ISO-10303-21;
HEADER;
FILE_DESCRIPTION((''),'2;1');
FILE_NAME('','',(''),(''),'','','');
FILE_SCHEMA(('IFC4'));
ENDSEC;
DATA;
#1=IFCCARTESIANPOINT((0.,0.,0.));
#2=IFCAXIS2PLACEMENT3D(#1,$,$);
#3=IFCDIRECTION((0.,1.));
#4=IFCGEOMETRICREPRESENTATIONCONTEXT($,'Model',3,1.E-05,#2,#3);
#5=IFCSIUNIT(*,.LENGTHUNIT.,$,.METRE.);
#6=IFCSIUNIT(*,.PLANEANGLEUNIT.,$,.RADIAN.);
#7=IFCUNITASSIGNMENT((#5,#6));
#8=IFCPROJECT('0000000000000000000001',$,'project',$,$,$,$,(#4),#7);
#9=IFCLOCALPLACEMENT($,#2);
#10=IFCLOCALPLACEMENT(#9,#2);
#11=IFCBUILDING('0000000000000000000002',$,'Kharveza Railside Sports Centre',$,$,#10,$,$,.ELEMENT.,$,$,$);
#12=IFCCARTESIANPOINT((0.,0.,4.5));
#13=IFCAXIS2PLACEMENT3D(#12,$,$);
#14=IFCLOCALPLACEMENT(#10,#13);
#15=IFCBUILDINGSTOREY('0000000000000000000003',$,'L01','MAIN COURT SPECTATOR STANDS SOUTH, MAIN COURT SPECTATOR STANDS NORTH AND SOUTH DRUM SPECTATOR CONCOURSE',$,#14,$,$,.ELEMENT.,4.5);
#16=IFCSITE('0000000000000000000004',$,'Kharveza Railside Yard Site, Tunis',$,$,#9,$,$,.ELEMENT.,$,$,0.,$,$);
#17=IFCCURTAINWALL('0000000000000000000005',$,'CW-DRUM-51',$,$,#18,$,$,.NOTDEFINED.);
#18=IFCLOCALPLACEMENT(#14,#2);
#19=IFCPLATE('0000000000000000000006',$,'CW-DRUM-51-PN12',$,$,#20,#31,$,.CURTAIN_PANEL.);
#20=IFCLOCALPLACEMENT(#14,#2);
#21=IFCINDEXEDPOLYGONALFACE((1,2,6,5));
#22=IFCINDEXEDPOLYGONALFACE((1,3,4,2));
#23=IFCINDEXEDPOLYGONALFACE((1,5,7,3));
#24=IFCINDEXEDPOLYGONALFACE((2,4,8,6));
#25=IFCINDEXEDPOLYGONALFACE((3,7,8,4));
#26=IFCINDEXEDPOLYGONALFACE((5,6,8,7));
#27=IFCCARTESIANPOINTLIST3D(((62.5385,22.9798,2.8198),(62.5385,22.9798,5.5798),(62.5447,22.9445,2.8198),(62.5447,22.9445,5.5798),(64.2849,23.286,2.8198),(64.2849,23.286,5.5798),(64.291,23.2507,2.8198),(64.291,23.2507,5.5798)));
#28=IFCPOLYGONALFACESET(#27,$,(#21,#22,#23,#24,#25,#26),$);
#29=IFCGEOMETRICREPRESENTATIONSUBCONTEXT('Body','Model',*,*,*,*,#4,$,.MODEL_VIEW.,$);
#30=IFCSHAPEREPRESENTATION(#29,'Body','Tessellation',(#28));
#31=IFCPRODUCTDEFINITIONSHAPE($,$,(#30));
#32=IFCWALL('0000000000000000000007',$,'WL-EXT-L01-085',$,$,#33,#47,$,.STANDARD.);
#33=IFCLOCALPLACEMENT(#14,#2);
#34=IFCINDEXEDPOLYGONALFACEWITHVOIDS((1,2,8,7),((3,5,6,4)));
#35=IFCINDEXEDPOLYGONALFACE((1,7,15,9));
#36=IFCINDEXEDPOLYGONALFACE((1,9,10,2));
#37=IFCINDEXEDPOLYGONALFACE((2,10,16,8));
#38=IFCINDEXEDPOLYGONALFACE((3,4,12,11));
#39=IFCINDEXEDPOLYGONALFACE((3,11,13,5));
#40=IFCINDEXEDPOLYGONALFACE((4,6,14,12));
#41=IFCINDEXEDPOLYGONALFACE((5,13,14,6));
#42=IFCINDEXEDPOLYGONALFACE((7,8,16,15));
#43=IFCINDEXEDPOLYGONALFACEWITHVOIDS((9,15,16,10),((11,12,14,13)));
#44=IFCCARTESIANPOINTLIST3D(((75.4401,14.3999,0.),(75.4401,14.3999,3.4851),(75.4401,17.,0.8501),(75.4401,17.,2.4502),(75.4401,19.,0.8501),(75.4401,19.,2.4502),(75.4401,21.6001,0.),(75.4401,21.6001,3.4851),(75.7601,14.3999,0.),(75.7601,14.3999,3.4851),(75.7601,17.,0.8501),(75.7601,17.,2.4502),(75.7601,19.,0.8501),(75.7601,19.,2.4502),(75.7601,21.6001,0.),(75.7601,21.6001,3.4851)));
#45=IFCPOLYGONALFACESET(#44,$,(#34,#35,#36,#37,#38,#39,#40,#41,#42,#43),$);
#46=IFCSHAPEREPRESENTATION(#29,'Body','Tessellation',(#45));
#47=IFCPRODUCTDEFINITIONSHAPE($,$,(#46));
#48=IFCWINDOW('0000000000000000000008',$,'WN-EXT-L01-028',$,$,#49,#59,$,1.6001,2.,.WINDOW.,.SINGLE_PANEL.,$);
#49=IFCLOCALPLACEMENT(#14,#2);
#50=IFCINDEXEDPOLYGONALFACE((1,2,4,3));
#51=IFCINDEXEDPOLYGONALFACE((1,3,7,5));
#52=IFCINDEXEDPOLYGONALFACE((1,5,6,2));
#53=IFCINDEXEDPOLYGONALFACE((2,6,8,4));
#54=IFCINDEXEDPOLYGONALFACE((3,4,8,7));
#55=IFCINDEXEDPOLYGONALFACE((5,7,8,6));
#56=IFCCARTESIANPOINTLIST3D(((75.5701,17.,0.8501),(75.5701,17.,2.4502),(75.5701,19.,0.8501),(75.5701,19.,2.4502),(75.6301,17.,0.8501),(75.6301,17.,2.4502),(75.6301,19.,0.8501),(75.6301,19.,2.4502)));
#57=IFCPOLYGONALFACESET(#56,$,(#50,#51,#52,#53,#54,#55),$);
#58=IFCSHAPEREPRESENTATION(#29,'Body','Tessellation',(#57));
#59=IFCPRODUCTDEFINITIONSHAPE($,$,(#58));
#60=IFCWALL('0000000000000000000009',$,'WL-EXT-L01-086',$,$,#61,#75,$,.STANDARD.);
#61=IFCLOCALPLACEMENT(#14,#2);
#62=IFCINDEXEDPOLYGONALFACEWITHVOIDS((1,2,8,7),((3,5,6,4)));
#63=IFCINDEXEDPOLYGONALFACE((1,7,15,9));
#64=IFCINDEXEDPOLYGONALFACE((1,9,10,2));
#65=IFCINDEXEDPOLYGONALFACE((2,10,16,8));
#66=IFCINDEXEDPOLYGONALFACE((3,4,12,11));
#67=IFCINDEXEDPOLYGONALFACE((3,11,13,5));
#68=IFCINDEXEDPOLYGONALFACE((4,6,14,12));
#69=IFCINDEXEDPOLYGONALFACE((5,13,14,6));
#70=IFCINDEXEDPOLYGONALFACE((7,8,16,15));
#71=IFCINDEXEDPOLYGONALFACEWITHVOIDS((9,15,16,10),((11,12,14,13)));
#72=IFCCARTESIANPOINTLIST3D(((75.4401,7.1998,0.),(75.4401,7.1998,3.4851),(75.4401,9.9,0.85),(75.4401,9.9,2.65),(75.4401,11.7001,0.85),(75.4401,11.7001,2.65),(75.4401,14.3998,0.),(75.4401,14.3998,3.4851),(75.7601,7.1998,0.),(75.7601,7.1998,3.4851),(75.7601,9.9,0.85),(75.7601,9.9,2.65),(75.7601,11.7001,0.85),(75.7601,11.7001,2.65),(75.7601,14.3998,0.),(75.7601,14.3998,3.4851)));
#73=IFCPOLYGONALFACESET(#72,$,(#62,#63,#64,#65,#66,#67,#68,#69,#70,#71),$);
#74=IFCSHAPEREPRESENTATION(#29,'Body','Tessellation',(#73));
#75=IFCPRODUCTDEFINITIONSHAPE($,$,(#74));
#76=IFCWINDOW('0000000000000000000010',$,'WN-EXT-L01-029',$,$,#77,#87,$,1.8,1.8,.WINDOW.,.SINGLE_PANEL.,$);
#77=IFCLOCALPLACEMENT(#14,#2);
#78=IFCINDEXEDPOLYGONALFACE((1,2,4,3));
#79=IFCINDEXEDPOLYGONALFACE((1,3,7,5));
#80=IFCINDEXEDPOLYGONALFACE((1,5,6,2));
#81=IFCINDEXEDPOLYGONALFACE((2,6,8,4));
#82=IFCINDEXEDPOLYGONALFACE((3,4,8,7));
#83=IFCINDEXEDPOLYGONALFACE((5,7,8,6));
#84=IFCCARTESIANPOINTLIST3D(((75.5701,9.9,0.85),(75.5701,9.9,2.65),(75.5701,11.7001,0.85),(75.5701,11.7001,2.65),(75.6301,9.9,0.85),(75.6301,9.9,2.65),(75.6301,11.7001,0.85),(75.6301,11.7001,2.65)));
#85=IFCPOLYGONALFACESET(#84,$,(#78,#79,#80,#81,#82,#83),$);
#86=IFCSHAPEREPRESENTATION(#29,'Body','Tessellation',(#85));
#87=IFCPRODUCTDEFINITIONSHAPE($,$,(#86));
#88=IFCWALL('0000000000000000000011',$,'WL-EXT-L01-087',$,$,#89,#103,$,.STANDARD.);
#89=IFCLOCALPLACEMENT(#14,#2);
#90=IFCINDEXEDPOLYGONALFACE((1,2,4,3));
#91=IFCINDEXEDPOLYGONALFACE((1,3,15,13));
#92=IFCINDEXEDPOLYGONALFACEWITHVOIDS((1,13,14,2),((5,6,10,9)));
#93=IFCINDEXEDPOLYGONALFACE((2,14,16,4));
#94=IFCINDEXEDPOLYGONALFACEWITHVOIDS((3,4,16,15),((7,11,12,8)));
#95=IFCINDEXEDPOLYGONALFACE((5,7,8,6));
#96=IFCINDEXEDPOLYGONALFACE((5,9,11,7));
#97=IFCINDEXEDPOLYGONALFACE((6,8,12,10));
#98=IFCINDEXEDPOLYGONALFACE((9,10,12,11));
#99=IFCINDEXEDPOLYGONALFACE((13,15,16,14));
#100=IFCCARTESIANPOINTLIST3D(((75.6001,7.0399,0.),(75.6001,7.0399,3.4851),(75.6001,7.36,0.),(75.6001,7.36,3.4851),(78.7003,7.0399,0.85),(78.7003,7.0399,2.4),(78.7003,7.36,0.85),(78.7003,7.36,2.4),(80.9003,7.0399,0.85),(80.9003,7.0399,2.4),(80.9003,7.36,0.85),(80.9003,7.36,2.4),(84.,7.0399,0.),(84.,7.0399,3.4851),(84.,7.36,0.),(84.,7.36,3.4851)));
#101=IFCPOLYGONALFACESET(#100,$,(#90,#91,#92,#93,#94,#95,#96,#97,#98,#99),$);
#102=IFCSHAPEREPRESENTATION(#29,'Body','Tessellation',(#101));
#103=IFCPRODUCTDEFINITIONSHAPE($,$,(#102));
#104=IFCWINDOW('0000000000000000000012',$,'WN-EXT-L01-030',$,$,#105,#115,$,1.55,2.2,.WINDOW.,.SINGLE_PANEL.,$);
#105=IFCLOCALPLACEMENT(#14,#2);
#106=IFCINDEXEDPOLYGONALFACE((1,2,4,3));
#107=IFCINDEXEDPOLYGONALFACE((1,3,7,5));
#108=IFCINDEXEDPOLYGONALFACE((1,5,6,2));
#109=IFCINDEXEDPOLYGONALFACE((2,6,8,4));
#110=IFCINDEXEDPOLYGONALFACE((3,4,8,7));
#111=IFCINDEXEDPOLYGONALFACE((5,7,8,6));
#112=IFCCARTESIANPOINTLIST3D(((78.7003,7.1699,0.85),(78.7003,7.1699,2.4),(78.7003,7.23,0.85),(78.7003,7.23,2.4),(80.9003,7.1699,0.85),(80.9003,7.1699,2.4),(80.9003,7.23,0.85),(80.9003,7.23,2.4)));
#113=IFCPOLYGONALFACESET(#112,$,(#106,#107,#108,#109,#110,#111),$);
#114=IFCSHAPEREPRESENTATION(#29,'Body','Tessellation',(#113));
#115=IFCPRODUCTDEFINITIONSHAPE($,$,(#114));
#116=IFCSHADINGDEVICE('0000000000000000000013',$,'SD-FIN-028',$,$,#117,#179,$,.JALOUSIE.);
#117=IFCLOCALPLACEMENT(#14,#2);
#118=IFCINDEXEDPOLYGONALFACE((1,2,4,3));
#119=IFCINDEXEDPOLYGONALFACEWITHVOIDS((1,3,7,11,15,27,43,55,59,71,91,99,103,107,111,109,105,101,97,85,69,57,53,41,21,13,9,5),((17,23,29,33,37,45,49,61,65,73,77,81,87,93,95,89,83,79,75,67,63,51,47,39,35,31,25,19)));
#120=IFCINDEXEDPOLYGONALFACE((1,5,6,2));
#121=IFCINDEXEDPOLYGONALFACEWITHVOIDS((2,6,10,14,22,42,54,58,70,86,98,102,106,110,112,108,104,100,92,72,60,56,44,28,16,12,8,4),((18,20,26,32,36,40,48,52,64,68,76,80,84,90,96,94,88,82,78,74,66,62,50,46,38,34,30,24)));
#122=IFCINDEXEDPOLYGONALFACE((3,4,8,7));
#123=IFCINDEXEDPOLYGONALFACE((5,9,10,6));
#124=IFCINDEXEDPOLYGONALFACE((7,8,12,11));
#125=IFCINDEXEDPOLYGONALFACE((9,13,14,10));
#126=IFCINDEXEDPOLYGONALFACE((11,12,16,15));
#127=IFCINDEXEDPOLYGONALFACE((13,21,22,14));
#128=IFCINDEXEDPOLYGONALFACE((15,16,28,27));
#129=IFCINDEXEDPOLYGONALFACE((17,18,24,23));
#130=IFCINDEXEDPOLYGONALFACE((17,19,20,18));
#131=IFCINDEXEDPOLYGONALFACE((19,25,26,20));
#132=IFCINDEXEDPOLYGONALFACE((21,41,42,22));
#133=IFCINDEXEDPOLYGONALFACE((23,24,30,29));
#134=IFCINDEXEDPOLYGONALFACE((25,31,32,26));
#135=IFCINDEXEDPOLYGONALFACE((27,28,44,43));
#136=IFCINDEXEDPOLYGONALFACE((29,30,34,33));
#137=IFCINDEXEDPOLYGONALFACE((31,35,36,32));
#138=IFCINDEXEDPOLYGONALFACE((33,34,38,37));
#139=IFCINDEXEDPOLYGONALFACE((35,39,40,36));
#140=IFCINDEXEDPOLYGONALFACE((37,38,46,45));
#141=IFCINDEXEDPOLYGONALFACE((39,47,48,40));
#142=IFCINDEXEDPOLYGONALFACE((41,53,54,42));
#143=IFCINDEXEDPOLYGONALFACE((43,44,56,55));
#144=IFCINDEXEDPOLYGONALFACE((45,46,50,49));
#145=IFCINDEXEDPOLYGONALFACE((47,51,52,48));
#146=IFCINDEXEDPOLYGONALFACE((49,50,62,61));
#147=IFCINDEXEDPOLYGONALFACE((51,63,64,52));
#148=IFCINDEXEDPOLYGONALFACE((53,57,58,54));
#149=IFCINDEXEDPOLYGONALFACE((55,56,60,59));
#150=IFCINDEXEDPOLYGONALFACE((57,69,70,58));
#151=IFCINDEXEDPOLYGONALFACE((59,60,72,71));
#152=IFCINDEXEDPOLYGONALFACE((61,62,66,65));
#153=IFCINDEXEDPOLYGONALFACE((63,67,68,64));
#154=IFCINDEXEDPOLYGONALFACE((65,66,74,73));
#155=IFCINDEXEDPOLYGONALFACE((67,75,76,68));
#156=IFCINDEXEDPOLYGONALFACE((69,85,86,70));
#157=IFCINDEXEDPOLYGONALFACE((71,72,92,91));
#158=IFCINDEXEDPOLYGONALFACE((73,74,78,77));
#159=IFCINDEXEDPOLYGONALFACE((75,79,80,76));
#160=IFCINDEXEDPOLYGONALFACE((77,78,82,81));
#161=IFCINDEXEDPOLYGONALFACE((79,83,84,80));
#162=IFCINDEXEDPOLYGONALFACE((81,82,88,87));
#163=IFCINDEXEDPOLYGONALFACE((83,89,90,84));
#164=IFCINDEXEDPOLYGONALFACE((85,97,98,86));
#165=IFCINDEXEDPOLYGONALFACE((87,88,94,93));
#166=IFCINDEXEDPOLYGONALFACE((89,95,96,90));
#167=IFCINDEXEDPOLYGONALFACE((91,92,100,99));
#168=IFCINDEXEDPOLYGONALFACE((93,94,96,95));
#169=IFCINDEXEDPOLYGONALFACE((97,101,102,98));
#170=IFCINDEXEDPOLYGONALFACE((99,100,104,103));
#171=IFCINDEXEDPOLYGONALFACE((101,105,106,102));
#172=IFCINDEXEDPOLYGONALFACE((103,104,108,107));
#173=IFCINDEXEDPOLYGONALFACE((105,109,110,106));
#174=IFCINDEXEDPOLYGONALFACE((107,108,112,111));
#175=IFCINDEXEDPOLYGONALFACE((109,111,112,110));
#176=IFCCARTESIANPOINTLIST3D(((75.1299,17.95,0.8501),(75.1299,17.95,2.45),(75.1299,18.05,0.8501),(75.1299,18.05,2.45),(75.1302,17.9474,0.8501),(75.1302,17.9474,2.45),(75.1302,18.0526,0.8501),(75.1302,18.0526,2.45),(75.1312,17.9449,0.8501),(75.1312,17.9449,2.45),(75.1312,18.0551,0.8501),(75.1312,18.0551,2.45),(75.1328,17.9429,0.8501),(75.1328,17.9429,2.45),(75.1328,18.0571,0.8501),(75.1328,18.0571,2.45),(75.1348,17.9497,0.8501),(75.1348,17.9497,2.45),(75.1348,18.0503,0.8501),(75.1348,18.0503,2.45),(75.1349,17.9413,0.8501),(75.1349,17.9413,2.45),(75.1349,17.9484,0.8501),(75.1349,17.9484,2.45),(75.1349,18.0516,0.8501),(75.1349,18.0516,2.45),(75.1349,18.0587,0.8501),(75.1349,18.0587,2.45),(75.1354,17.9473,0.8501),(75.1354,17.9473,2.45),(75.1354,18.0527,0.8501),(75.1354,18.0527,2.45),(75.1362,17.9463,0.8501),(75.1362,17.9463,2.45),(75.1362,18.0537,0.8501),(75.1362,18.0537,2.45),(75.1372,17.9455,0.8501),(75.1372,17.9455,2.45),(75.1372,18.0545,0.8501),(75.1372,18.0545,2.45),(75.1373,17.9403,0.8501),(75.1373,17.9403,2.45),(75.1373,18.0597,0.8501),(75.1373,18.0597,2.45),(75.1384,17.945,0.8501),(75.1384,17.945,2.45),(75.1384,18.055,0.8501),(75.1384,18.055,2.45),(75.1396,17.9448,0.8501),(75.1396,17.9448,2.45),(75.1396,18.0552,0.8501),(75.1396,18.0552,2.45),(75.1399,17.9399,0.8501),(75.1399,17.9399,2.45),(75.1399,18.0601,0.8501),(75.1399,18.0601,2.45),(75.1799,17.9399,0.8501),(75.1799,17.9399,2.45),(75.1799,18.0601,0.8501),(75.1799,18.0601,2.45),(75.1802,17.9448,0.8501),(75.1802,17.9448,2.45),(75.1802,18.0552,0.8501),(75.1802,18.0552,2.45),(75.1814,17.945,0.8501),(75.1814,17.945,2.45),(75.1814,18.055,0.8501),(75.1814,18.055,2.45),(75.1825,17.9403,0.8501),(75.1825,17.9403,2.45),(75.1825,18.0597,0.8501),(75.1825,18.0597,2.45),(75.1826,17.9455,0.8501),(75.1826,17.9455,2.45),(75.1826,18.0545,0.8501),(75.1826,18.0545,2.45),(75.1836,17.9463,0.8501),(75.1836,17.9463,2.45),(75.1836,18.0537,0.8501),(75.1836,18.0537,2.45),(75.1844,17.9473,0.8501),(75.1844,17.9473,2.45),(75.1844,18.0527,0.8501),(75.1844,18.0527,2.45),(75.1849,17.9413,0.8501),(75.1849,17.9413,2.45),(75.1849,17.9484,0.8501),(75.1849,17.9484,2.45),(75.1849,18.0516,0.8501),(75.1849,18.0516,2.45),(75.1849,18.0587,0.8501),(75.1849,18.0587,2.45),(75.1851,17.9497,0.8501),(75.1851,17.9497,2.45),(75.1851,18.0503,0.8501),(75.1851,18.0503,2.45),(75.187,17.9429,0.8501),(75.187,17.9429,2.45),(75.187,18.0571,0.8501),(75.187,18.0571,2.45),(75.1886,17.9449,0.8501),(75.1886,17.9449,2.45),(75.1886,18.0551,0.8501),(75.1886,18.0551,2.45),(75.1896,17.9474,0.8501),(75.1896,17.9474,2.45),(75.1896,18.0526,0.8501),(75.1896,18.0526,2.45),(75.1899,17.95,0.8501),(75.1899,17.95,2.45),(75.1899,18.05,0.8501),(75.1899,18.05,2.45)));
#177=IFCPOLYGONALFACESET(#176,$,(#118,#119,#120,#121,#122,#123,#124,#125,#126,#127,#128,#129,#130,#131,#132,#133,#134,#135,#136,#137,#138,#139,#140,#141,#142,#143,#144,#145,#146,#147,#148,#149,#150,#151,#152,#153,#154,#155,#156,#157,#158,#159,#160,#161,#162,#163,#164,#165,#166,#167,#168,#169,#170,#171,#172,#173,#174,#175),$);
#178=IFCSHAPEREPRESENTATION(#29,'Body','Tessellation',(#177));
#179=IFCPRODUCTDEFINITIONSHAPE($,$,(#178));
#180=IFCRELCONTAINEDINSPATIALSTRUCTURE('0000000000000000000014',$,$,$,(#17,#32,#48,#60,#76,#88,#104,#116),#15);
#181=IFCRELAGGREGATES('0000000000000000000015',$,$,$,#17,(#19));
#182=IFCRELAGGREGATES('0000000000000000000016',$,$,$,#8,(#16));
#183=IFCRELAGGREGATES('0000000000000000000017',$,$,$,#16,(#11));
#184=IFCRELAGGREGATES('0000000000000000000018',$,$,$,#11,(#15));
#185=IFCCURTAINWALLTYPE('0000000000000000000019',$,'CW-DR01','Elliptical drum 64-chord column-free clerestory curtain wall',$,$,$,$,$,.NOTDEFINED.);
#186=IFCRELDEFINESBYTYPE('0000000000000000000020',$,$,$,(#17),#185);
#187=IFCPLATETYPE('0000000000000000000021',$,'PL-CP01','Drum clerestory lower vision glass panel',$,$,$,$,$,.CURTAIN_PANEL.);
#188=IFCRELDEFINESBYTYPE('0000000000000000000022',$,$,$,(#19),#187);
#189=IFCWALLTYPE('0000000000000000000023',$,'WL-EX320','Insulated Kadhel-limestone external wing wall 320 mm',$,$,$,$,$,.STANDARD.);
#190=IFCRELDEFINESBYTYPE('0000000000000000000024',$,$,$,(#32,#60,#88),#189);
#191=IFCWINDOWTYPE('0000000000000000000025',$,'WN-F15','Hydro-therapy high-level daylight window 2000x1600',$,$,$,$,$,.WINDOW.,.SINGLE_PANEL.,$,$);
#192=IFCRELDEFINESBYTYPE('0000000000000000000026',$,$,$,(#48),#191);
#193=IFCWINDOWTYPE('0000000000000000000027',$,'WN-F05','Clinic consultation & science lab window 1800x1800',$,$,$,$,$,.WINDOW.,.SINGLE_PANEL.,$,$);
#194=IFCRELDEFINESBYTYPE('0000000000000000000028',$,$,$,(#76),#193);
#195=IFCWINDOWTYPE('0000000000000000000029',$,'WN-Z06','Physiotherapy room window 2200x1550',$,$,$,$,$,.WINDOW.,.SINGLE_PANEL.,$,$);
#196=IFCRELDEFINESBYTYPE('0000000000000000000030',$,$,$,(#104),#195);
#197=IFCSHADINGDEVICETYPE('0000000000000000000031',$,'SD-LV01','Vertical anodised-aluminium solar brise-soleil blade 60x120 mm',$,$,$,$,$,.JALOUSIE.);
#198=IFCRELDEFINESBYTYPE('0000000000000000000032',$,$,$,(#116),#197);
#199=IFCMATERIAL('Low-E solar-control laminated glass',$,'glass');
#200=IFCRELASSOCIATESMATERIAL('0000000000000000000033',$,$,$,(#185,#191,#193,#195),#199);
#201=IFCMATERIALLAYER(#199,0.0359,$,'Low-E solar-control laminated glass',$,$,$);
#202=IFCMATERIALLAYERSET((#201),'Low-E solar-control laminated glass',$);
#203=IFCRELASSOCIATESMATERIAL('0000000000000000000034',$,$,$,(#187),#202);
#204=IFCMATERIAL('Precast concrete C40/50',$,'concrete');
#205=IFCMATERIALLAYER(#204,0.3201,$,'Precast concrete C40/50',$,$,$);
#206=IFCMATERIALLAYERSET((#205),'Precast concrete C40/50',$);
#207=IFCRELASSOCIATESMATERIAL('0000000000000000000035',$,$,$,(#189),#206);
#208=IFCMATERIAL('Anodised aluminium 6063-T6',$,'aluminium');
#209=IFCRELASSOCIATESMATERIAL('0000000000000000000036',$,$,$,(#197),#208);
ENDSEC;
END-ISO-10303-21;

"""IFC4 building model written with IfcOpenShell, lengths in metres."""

from ifc_helpers import new_model, si_unit, direction, frame, frame_2d, origin, origin_2d, place, context, subcontext, project, spatial, rectangle, hollow_rectangle, extrude, material, layer, layer_set, material_profile, profile_set, type_object, element, fill, aggregate, save


model = new_model("IFC4")

# Units and contexts
model_context = context("Model", 3, precision=1e-05, world=origin(), true_north=direction((0.0, 1.0)))
body_context = subcontext(model_context, "Body", "Model", "MODEL_VIEW")
ifc_project = project(units=[si_unit("LENGTHUNIT", "METRE"), si_unit("PLANEANGLEUNIT", "RADIAN")], contexts=[model_context])

# Site, building, storey
site_placement = place(None, origin())
site = spatial("IfcSite", under=ifc_project, at=site_placement, Name="Kharveza Railside Yard Site, Tunis", CompositionType="ELEMENT", RefElevation=0.0)
building_placement = place(site_placement, origin())
building = spatial("IfcBuilding", under=site, at=building_placement, Name="Kharveza Railside Sports Centre", CompositionType="ELEMENT")
storey_placement = place(building_placement, frame((0.0, 0.0, 4.5)))
storey = spatial("IfcBuildingStorey", under=building, at=storey_placement, Name="L01", Description="MAIN COURT SPECTATOR STANDS SOUTH, MAIN COURT SPECTATOR STANDS NORTH AND SOUTH DRUM SPECTATOR CONCOURSE", CompositionType="ELEMENT", Elevation=4.5)

# Shared definitions
ifc_material_1 = material(Name="Low-E solar-control laminated glass", Category="glass")
curtain_wall_type = type_object("IfcCurtainWallType", Name="CW-DR01", Description="Elliptical drum 64-chord column-free clerestory curtain wall", PredefinedType="NOTDEFINED", material=ifc_material_1)
ifc_material_2 = material(Name="Anodised aluminium 6063-T6", Category="aluminium")

# Curtain wall
curtain_wall_1_placement = place(storey_placement, origin())
curtain_wall_1 = element("IfcCurtainWall", 1, at=curtain_wall_1_placement, inside=storey, type_object=curtain_wall_type, Name="CW-DRUM-51", PredefinedType="NOTDEFINED")

# Plate
ifc_layer_1 = layer(ifc_material_1, 0.0359, Name="Low-E solar-control laminated glass")
ifc_layer_set_1 = layer_set([ifc_layer_1], Name="Low-E solar-control laminated glass")
plate_type = type_object("IfcPlateType", Name="PL-CP01", Description="Drum clerestory lower vision glass panel", PredefinedType="CURTAIN_PANEL", material=ifc_layer_set_1)
plate_1_placement = place(storey_placement, frame((63.4148, 23.1152, 2.8198), z_axis=(0.0, 0.0, 1.0), x_axis=(0.984974, 0.172703, 0.0)))
plate_1 = element("IfcPlate", 2, at=plate_1_placement, type_object=plate_type, Name="CW-DRUM-51-PN12", PredefinedType="CURTAIN_PANEL", context=body_context, shape_type="SweptSolid", body=[
    extrude(rectangle(XDim=1.7729, YDim=0.0359, at=origin_2d()), origin(), (0.0, 0.0, 1.0), 2.76),
])
aggregate(curtain_wall_1, [plate_1])

# Walls, openings, windows
ifc_material_3 = material(Name="Precast concrete C40/50", Category="concrete")
ifc_layer_2 = layer(ifc_material_3, 0.3201, Name="Precast concrete C40/50")
ifc_layer_set_2 = layer_set([ifc_layer_2], Name="Precast concrete C40/50")
wall_type = type_object("IfcWallType", Name="WL-EX320", Description="Insulated Kadhel-limestone external wing wall 320 mm", PredefinedType="STANDARD", material=ifc_layer_set_2)
wall_1_placement = place(storey_placement, frame((75.6001, 21.6001, 0.0), z_axis=(0.0, 0.0, 1.0), x_axis=(0.0, -1.0, 0.0)))
wall_1 = element("IfcWall", 3, at=wall_1_placement, inside=storey, type_object=wall_type, Name="WL-EXT-L01-085", PredefinedType="STANDARD", context=body_context, shape_type="SweptSolid", body=[
    extrude(rectangle(XDim=7.2002, YDim=0.3201, at=frame_2d((3.6001, 0.0))), origin(), (0.0, 0.0, 1.0), 3.4851),
])
opening_1_placement = place(wall_1_placement, frame((2.6001, 0.0, 0.8501)))
opening_1 = element("IfcOpeningElement", 4, at=opening_1_placement, cuts=wall_1, PredefinedType="OPENING", context=body_context, shape_type="SweptSolid", body=[
    extrude(rectangle(XDim=2.0, YDim=1.6001, at=frame_2d((1.0, 0.8))), frame((0.0, 0.1851, 0.0), z_axis=(0.0, -1.0, 0.0), x_axis=(1.0, 0.0, 0.0)), (0.0, 0.0, 1.0), 0.3699),
])
window_type_1 = type_object("IfcWindowType", Name="WN-F15", Description="Hydro-therapy high-level daylight window 2000x1600", PartitioningType="SINGLE_PANEL", PredefinedType="WINDOW", material=ifc_material_1)
window_1_placement = place(opening_1_placement, origin())
window_1 = element("IfcWindow", 5, at=window_1_placement, inside=storey, type_object=window_type_1, Name="WN-EXT-L01-028", OverallHeight=1.6001, OverallWidth=2.0, PartitioningType="SINGLE_PANEL", PredefinedType="WINDOW", context=body_context, shape_type="SweptSolid", body=[
    extrude(rectangle(XDim=2.0, YDim=1.6001, at=frame_2d((1.0, 0.8))), frame((0.0, 0.03, 0.0), z_axis=(0.0, -1.0, 0.0), x_axis=(1.0, 0.0, 0.0)), (0.0, 0.0, 1.0), 0.0601),
])
fill(opening_1, window_1)
wall_2_placement = place(storey_placement, frame((75.6001, 14.3999, 0.0), z_axis=(0.0, 0.0, 1.0), x_axis=(0.0, -1.0, 0.0)))
wall_2 = element("IfcWall", 6, at=wall_2_placement, inside=storey, type_object=wall_type, Name="WL-EXT-L01-086", PredefinedType="STANDARD", context=body_context, shape_type="SweptSolid", body=[
    extrude(rectangle(XDim=7.2, YDim=0.3201, at=frame_2d((3.6001, 0.0))), origin(), (0.0, 0.0, 1.0), 3.4851),
])
opening_2_placement = place(wall_2_placement, frame((2.7, 0.0, 0.8501)))
opening_2 = element("IfcOpeningElement", 7, at=opening_2_placement, cuts=wall_2, PredefinedType="OPENING", context=body_context, shape_type="SweptSolid", body=[
    extrude(rectangle(XDim=1.8, YDim=1.8, at=frame_2d((0.8999, 0.8999))), frame((0.0, 0.1851, 0.0), z_axis=(0.0, -1.0, 0.0), x_axis=(1.0, 0.0, 0.0)), (0.0, 0.0, 1.0), 0.3699),
])
window_type_2 = type_object("IfcWindowType", Name="WN-F05", Description="Clinic consultation & science lab window 1800x1800", PartitioningType="SINGLE_PANEL", PredefinedType="WINDOW", material=ifc_material_1)
window_2_placement = place(opening_2_placement, origin())
window_2 = element("IfcWindow", 8, at=window_2_placement, inside=storey, type_object=window_type_2, Name="WN-EXT-L01-029", OverallHeight=1.8, OverallWidth=1.8, PartitioningType="SINGLE_PANEL", PredefinedType="WINDOW", context=body_context, shape_type="SweptSolid", body=[
    extrude(rectangle(XDim=1.8, YDim=1.8, at=frame_2d((0.8999, 0.8999))), frame((0.0, 0.03, 0.0), z_axis=(0.0, -1.0, 0.0), x_axis=(1.0, 0.0, 0.0)), (0.0, 0.0, 1.0), 0.0601),
])
fill(opening_2, window_2)
wall_3_placement = place(storey_placement, frame((75.6001, 7.2, 0.0), z_axis=(0.0, 0.0, 1.0), x_axis=(1.0, 0.0, 0.0)))
wall_3 = element("IfcWall", 9, at=wall_3_placement, inside=storey, type_object=wall_type, Name="WL-EXT-L01-087", PredefinedType="STANDARD", context=body_context, shape_type="SweptSolid", body=[
    extrude(rectangle(XDim=8.3999, YDim=0.3201, at=frame_2d((4.2, 0.0))), origin(), (0.0, 0.0, 1.0), 3.4851),
])
opening_3_placement = place(wall_3_placement, frame((3.1001, 0.0, 0.8501)))
opening_3 = element("IfcOpeningElement", 10, at=opening_3_placement, cuts=wall_3, PredefinedType="OPENING", context=body_context, shape_type="SweptSolid", body=[
    extrude(rectangle(XDim=2.2, YDim=1.55, at=frame_2d((1.1001, 0.7749))), frame((0.0, 0.1851, 0.0), z_axis=(0.0, -1.0, 0.0), x_axis=(1.0, 0.0, 0.0)), (0.0, 0.0, 1.0), 0.3699),
])
window_type_3 = type_object("IfcWindowType", Name="WN-Z06", Description="Physiotherapy room window 2200x1550", PartitioningType="SINGLE_PANEL", PredefinedType="WINDOW", material=ifc_material_1)
window_3_placement = place(opening_3_placement, origin())
window_3 = element("IfcWindow", 11, at=window_3_placement, inside=storey, type_object=window_type_3, Name="WN-EXT-L01-030", OverallHeight=1.55, OverallWidth=2.2, PartitioningType="SINGLE_PANEL", PredefinedType="WINDOW", context=body_context, shape_type="SweptSolid", body=[
    extrude(rectangle(XDim=2.2, YDim=1.55, at=frame_2d((1.1001, 0.7749))), frame((0.0, 0.03, 0.0), z_axis=(0.0, -1.0, 0.0), x_axis=(1.0, 0.0, 0.0)), (0.0, 0.0, 1.0), 0.0601),
])
fill(opening_3, window_3)

# Shading device
ifc_material_profile_1 = material_profile(ifc_material_2, hollow_rectangle(XDim=0.0601, YDim=0.1201, WallThickness=0.0049, InnerFilletRadius=0.0049, OuterFilletRadius=0.01, at=origin_2d()), Name="RHS 60x120x5.0")
ifc_profile_set_1 = profile_set([ifc_material_profile_1], Name="Anodised aluminium 6063-T6")
shading_device_type = type_object("IfcShadingDeviceType", Name="SD-LV01", Description="Vertical anodised-aluminium solar brise-soleil blade 60x120 mm", PredefinedType="JALOUSIE", material=ifc_profile_set_1)
shading_device_1_placement = place(storey_placement, frame((75.1599, 18.0, 0.8501), z_axis=(0.0, 0.0, 1.0), x_axis=(-1.0, 0.0, 0.0)))
element("IfcShadingDevice", 12, at=shading_device_1_placement, inside=storey, type_object=shading_device_type, Name="SD-FIN-028", PredefinedType="JALOUSIE", context=body_context, shape_type="SweptSolid", body=[
    extrude(hollow_rectangle(XDim=0.0601, YDim=0.1201, WallThickness=0.0049, InnerFilletRadius=0.0049, OuterFilletRadius=0.01, at=origin_2d()), origin(), (0.0, 0.0, 1.0), 1.5999),
])

save(model, "model.ifc")
